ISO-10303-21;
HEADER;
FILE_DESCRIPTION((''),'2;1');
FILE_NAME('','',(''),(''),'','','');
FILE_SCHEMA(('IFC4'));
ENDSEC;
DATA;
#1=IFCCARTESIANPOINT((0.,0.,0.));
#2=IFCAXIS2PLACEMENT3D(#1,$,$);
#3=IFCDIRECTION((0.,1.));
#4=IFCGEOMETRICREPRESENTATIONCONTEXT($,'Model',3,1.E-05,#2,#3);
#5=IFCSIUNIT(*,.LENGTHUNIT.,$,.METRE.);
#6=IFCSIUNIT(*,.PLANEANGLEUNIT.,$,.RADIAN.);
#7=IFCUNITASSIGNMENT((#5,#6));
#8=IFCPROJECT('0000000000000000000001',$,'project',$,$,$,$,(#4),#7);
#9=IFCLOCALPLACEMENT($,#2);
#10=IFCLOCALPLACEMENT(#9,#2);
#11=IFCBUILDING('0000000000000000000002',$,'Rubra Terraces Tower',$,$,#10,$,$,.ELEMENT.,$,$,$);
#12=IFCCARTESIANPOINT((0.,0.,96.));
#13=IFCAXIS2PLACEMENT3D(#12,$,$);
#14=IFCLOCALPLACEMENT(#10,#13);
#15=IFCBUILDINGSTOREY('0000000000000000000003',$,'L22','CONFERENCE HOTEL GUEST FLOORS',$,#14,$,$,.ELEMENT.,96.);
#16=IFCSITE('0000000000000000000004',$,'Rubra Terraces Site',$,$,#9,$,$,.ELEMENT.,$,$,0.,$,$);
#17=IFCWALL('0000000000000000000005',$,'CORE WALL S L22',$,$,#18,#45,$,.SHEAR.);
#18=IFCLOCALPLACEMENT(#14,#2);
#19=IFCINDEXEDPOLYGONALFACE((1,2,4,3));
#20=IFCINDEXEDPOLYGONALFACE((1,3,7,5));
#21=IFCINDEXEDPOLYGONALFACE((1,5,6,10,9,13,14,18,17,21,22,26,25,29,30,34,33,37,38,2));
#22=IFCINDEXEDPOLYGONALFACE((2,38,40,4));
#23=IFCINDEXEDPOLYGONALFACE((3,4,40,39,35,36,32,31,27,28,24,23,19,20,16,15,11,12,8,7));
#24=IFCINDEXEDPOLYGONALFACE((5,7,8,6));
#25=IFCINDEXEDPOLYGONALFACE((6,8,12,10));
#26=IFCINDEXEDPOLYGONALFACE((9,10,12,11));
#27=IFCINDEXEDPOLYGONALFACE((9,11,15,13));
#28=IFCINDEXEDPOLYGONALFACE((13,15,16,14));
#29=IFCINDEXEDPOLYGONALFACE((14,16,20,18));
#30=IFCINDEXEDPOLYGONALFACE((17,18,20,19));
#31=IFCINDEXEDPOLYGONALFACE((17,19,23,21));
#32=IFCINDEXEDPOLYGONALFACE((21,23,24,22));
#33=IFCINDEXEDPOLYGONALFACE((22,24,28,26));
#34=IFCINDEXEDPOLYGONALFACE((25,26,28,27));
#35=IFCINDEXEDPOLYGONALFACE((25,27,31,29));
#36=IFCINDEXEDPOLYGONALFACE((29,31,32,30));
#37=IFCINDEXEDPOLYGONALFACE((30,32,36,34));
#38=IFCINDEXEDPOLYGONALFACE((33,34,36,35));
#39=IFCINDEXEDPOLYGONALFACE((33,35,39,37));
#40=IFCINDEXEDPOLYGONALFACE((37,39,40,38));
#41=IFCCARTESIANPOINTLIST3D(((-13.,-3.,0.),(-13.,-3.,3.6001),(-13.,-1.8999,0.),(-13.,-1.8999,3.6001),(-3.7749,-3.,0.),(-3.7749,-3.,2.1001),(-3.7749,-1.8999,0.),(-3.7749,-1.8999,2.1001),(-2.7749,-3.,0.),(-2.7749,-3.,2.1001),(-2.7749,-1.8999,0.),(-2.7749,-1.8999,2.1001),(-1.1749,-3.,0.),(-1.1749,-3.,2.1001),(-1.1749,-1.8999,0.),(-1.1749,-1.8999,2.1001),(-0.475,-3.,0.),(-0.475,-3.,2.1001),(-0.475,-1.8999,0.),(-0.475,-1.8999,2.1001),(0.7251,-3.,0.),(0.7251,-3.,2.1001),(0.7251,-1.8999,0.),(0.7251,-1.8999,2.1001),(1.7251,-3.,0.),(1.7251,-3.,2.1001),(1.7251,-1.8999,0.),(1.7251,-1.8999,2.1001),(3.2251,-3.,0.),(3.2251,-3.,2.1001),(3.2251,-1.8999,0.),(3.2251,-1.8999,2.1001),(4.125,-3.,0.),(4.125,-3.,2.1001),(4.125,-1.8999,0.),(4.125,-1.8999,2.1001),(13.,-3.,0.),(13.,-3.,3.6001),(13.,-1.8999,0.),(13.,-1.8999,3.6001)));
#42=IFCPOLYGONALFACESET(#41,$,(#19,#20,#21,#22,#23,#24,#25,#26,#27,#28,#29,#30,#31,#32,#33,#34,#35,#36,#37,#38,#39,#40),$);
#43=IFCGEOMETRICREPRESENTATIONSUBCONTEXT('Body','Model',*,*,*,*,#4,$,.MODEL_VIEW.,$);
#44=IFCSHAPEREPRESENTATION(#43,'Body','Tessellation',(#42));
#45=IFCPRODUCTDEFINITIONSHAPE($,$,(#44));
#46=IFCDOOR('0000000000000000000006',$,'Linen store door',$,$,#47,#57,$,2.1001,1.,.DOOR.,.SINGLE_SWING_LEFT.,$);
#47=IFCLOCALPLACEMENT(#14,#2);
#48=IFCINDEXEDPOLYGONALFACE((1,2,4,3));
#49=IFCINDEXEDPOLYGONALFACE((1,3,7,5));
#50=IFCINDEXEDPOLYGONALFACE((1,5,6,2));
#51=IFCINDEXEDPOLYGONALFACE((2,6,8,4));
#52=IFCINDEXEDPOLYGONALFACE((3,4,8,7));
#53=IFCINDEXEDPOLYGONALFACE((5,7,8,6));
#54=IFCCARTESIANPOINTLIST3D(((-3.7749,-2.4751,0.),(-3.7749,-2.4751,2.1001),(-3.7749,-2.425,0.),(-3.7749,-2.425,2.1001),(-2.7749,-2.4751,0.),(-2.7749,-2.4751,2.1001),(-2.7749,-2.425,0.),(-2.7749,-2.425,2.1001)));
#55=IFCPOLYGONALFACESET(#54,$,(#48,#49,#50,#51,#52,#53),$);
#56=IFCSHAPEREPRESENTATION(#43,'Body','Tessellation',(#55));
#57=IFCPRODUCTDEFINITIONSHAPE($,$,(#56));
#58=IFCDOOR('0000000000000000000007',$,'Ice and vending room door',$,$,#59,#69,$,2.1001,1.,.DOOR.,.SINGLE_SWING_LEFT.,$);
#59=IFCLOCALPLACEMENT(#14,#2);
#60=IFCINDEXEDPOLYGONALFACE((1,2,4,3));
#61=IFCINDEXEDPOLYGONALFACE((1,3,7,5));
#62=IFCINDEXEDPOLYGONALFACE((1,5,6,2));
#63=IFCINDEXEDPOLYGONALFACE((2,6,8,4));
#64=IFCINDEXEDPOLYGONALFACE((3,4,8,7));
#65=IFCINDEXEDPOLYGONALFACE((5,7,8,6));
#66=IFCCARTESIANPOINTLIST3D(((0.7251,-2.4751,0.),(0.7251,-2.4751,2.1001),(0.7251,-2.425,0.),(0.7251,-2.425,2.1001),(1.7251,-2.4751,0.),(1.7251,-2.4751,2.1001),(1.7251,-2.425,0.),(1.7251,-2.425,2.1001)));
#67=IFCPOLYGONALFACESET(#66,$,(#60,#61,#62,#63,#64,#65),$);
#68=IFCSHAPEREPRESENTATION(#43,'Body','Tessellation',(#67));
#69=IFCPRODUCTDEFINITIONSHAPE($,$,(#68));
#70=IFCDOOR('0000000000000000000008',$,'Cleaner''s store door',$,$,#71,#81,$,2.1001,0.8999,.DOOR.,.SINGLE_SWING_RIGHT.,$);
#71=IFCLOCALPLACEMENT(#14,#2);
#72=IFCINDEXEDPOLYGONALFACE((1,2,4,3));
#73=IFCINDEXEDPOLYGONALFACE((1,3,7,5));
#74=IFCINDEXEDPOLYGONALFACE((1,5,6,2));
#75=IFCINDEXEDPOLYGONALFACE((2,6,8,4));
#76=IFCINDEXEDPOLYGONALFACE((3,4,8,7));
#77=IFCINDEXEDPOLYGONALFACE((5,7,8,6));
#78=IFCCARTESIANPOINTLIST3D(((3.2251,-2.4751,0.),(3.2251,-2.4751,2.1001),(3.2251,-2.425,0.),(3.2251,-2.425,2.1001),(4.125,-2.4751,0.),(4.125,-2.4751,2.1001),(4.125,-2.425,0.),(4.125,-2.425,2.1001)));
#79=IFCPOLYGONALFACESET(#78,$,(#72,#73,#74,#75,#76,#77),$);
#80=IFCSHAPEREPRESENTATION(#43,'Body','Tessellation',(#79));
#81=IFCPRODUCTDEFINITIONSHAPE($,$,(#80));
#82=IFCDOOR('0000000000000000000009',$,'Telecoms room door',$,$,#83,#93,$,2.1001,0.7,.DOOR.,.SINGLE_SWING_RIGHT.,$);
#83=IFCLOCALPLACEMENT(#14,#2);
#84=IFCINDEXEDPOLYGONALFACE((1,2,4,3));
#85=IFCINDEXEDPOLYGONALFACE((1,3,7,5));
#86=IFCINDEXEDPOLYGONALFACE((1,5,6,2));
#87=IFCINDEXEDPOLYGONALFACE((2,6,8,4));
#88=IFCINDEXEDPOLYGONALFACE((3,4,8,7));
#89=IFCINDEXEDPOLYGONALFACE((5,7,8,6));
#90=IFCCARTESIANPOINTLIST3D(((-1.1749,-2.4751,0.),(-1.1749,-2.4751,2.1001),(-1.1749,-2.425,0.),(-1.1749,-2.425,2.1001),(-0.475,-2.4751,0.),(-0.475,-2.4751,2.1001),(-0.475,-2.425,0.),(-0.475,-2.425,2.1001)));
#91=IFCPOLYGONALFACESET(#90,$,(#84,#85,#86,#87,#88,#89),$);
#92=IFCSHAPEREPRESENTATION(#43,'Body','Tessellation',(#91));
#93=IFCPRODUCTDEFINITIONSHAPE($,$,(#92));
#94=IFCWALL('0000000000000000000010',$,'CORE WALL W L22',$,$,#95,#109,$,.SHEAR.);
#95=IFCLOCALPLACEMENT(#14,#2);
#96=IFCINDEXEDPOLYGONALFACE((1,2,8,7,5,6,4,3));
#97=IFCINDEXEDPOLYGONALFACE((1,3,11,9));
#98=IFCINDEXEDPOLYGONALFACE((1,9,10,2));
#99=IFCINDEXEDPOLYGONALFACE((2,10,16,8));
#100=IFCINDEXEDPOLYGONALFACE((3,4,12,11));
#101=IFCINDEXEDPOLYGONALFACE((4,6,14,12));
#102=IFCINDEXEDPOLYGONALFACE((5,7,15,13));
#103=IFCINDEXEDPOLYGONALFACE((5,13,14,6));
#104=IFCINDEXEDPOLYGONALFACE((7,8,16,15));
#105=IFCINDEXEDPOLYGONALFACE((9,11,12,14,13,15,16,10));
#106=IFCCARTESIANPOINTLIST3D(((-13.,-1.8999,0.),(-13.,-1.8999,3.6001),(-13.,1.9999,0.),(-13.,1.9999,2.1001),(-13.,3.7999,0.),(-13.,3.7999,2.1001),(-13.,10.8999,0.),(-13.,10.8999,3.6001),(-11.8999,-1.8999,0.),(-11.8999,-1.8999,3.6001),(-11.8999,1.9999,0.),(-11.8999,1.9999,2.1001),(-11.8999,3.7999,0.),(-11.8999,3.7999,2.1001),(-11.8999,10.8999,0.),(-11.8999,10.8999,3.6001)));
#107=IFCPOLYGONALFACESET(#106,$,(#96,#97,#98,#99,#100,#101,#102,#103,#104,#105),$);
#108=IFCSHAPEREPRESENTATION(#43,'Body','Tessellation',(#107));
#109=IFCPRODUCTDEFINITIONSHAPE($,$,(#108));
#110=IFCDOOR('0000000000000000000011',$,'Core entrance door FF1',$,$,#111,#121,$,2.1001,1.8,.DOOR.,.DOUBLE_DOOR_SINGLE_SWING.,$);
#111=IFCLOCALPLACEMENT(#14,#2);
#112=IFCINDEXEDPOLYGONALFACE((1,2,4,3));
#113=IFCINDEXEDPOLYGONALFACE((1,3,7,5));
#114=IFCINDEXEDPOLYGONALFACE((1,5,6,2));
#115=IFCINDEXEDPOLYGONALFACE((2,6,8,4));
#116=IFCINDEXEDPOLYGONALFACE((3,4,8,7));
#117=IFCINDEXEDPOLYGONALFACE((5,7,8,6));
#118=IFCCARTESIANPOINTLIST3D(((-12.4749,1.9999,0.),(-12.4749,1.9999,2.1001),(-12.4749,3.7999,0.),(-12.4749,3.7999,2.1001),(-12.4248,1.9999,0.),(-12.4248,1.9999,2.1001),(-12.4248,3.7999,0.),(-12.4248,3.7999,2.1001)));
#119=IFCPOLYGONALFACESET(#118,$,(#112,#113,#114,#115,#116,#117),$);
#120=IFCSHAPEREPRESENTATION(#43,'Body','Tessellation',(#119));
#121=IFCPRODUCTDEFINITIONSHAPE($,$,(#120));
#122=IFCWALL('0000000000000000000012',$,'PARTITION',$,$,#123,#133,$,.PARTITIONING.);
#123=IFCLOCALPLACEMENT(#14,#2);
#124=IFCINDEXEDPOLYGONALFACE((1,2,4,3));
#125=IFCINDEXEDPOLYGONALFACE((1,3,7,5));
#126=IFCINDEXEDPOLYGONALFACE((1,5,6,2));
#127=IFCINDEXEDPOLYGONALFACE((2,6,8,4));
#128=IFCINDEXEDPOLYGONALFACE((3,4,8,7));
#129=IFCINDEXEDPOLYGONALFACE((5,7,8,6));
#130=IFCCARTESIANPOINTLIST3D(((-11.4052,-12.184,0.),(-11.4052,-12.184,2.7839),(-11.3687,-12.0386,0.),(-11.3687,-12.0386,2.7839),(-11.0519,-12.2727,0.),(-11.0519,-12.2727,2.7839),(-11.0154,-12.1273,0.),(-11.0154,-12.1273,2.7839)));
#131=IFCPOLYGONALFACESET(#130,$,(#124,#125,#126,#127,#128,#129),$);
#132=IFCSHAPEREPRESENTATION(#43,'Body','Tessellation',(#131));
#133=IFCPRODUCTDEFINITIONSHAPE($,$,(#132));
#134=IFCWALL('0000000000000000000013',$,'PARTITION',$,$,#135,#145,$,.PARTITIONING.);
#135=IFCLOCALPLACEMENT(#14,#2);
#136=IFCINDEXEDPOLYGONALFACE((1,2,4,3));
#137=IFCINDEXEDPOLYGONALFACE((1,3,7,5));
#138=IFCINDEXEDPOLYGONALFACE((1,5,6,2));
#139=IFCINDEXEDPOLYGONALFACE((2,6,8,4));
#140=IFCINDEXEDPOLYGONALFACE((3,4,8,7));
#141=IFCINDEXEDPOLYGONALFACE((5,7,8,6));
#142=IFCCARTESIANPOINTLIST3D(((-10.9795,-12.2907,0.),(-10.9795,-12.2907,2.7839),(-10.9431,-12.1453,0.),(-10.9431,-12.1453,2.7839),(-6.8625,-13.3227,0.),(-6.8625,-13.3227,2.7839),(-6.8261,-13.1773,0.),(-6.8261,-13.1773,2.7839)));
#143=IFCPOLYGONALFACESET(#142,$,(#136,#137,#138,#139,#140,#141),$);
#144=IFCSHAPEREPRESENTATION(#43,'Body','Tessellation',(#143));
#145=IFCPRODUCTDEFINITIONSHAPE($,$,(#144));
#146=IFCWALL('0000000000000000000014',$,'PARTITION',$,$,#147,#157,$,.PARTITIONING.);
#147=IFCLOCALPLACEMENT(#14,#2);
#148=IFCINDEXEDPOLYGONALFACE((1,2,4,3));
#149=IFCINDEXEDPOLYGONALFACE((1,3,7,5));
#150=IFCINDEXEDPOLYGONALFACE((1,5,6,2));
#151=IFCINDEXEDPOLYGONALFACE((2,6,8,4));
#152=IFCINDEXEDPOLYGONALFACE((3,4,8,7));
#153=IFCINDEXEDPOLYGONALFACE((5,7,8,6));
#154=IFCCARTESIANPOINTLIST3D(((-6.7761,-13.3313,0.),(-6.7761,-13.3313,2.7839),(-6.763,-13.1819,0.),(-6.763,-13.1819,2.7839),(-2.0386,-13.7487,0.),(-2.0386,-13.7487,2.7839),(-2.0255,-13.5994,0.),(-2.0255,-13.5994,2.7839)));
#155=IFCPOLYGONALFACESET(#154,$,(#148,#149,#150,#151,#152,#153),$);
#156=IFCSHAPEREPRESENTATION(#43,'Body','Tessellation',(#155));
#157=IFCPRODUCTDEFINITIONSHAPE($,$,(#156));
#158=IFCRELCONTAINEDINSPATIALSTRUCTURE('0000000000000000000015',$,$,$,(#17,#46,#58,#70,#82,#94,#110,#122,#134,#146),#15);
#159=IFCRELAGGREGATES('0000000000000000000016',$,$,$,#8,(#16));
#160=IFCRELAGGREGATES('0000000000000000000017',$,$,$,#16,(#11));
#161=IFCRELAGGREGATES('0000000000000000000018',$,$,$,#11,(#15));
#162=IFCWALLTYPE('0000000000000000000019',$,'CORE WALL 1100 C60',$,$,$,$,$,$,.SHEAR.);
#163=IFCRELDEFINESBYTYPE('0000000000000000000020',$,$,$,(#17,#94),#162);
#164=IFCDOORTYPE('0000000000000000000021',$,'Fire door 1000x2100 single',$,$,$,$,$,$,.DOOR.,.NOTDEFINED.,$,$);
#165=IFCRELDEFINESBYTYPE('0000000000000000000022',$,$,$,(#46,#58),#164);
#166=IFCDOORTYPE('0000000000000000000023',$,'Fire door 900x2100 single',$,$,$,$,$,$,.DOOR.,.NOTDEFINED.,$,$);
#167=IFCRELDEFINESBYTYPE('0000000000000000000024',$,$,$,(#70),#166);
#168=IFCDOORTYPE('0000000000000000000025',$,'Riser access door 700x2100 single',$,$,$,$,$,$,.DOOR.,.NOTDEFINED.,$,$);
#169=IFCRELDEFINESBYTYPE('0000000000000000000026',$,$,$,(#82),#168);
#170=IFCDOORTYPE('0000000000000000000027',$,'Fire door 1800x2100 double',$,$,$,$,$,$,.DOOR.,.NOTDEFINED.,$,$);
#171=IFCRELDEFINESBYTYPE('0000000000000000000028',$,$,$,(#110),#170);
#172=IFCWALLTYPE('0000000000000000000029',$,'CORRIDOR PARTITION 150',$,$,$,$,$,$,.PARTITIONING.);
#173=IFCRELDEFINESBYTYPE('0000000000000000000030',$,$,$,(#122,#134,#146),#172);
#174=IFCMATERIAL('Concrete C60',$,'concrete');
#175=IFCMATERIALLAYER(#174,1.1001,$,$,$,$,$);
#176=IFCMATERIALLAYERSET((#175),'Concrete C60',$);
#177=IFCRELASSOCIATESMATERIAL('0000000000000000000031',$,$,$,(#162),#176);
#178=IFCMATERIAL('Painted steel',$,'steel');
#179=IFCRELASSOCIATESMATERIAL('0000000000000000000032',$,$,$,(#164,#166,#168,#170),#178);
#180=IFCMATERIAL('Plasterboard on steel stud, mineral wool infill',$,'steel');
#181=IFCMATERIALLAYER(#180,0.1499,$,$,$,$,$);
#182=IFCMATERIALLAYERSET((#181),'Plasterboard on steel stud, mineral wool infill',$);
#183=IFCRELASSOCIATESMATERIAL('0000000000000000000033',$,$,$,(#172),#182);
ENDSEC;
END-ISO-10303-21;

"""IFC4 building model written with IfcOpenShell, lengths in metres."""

from ifc_helpers import new_model, si_unit, direction, frame, frame_2d, origin, place, context, subcontext, project, spatial, rectangle, extrude, material, layer, layer_set, type_object, element, fill, save


model = new_model("IFC4")

# Units and contexts
model_context = context("Model", 3, precision=1e-05, world=origin(), true_north=direction((0.0, 1.0)))
body_context = subcontext(model_context, "Body", "Model", "MODEL_VIEW")
ifc_project = project(units=[si_unit("LENGTHUNIT", "METRE"), si_unit("PLANEANGLEUNIT", "RADIAN")], contexts=[model_context])

# Site, building, storey
site_placement = place(None, origin())
site = spatial("IfcSite", under=ifc_project, at=site_placement, Name="Rubra Terraces Site", CompositionType="ELEMENT", RefElevation=0.0)
building_placement = place(site_placement, origin())
building = spatial("IfcBuilding", under=site, at=building_placement, Name="Rubra Terraces Tower", CompositionType="ELEMENT")
storey_placement = place(building_placement, frame((0.0, 0.0, 96.0)))
storey = spatial("IfcBuildingStorey", under=building, at=storey_placement, Name="L22", Description="CONFERENCE HOTEL GUEST FLOORS", CompositionType="ELEMENT", Elevation=96.0)

# Wall, openings, doors
ifc_material_1 = material(Name="Concrete C60", Category="concrete")
ifc_layer_1 = layer(ifc_material_1, 1.1001)
ifc_layer_set_1 = layer_set([ifc_layer_1], Name="Concrete C60")
wall_type_1 = type_object("IfcWallType", Name="CORE WALL 1100 C60", PredefinedType="SHEAR", material=ifc_layer_set_1)
wall_1_placement = place(storey_placement, frame((-13.0, -2.45, 0.0), z_axis=(0.0, 0.0, 1.0), x_axis=(1.0, 0.0, 0.0)))
wall_1 = element("IfcWall", 1, at=wall_1_placement, inside=storey, type_object=wall_type_1, Name="CORE WALL S L22", PredefinedType="SHEAR", context=body_context, shape_type="SweptSolid", body=[
    extrude(rectangle(XDim=26.0, YDim=1.1001, at=frame_2d((13.0, 0.0))), origin(), (0.0, 0.0, 1.0), 3.6001),
])
opening_1_placement = place(wall_1_placement, frame((9.2251, 0.0, 0.0)))
opening_1 = element("IfcOpeningElement", 2, at=opening_1_placement, cuts=wall_1, PredefinedType="OPENING", context=body_context, shape_type="SweptSolid", body=[
    extrude(rectangle(XDim=1.0, YDim=2.1001, at=frame_2d((0.5, 1.05))), frame((0.0, 0.5601, 0.0), z_axis=(0.0, -1.0, 0.0), x_axis=(1.0, 0.0, 0.0)), (0.0, 0.0, 1.0), 1.1201),
])
opening_2_placement = place(wall_1_placement, frame((11.825, 0.0, 0.0)))
opening_2 = element("IfcOpeningElement", 3, at=opening_2_placement, cuts=wall_1, PredefinedType="OPENING", context=body_context, shape_type="SweptSolid", body=[
    extrude(rectangle(XDim=0.7, YDim=2.1001, at=frame_2d((0.3501, 1.05))), frame((0.0, 0.5601, 0.0), z_axis=(0.0, -1.0, 0.0), x_axis=(1.0, 0.0, 0.0)), (0.0, 0.0, 1.0), 1.1201),
])
opening_3_placement = place(wall_1_placement, frame((13.7251, 0.0, 0.0)))
opening_3 = element("IfcOpeningElement", 4, at=opening_3_placement, cuts=wall_1, PredefinedType="OPENING", context=body_context, shape_type="SweptSolid", body=[
    extrude(rectangle(XDim=1.0, YDim=2.1001, at=frame_2d((0.5, 1.05))), frame((0.0, 0.5601, 0.0), z_axis=(0.0, -1.0, 0.0), x_axis=(1.0, 0.0, 0.0)), (0.0, 0.0, 1.0), 1.1201),
])
opening_4_placement = place(wall_1_placement, frame((16.2251, 0.0, 0.0)))
opening_4 = element("IfcOpeningElement", 5, at=opening_4_placement, cuts=wall_1, PredefinedType="OPENING", context=body_context, shape_type="SweptSolid", body=[
    extrude(rectangle(XDim=0.8999, YDim=2.1001, at=frame_2d((0.45, 1.05))), frame((0.0, 0.5601, 0.0), z_axis=(0.0, -1.0, 0.0), x_axis=(1.0, 0.0, 0.0)), (0.0, 0.0, 1.0), 1.1201),
])
ifc_material_2 = material(Name="Painted steel", Category="steel")
door_type_1 = type_object("IfcDoorType", Name="Fire door 1000x2100 single", OperationType="NOTDEFINED", PredefinedType="DOOR", material=ifc_material_2)
door_1_placement = place(opening_1_placement, origin())
door_1 = element("IfcDoor", 6, at=door_1_placement, inside=storey, type_object=door_type_1, Name="Linen store door", OperationType="SINGLE_SWING_LEFT", OverallHeight=2.1001, OverallWidth=1.0, PredefinedType="DOOR", context=body_context, shape_type="SweptSolid", body=[
    extrude(rectangle(XDim=1.0, YDim=2.1001, at=frame_2d((0.5, 1.05))), frame((0.0, 0.0249, 0.0), z_axis=(0.0, -1.0, 0.0), x_axis=(1.0, 0.0, 0.0)), (0.0, 0.0, 1.0), 0.05),
])
fill(opening_1, door_1)
door_2_placement = place(opening_3_placement, origin())
door_2 = element("IfcDoor", 7, at=door_2_placement, inside=storey, type_object=door_type_1, Name="Ice and vending room door", OperationType="SINGLE_SWING_LEFT", OverallHeight=2.1001, OverallWidth=1.0, PredefinedType="DOOR", context=body_context, shape_type="SweptSolid", body=[
    extrude(rectangle(XDim=1.0, YDim=2.1001, at=frame_2d((0.5, 1.05))), frame((0.0, 0.0249, 0.0), z_axis=(0.0, -1.0, 0.0), x_axis=(1.0, 0.0, 0.0)), (0.0, 0.0, 1.0), 0.05),
])
fill(opening_3, door_2)
door_type_2 = type_object("IfcDoorType", Name="Fire door 900x2100 single", OperationType="NOTDEFINED", PredefinedType="DOOR", material=ifc_material_2)
door_3_placement = place(opening_4_placement, origin())
door_3 = element("IfcDoor", 8, at=door_3_placement, inside=storey, type_object=door_type_2, Name="Cleaner's store door", OperationType="SINGLE_SWING_RIGHT", OverallHeight=2.1001, OverallWidth=0.8999, PredefinedType="DOOR", context=body_context, shape_type="SweptSolid", body=[
    extrude(rectangle(XDim=0.8999, YDim=2.1001, at=frame_2d((0.45, 1.05))), frame((0.0, 0.0249, 0.0), z_axis=(0.0, -1.0, 0.0), x_axis=(1.0, 0.0, 0.0)), (0.0, 0.0, 1.0), 0.05),
])
fill(opening_4, door_3)
door_type_3 = type_object("IfcDoorType", Name="Riser access door 700x2100 single", OperationType="NOTDEFINED", PredefinedType="DOOR", material=ifc_material_2)
door_4_placement = place(opening_2_placement, origin())
door_4 = element("IfcDoor", 9, at=door_4_placement, inside=storey, type_object=door_type_3, Name="Telecoms room door", OperationType="SINGLE_SWING_RIGHT", OverallHeight=2.1001, OverallWidth=0.7, PredefinedType="DOOR", context=body_context, shape_type="SweptSolid", body=[
    extrude(rectangle(XDim=0.7, YDim=2.1001, at=frame_2d((0.3501, 1.05))), frame((0.0, 0.0249, 0.0), z_axis=(0.0, -1.0, 0.0), x_axis=(1.0, 0.0, 0.0)), (0.0, 0.0, 1.0), 0.05),
])
fill(opening_2, door_4)

# Wall, opening, door
wall_2_placement = place(storey_placement, frame((-12.45, -1.8999, 0.0), z_axis=(0.0, 0.0, 1.0), x_axis=(0.0, 1.0, 0.0)))
wall_2 = element("IfcWall", 10, at=wall_2_placement, inside=storey, type_object=wall_type_1, Name="CORE WALL W L22", PredefinedType="SHEAR", context=body_context, shape_type="SweptSolid", body=[
    extrude(rectangle(XDim=12.7998, YDim=1.1001, at=frame_2d((6.3999, 0.0))), origin(), (0.0, 0.0, 1.0), 3.6001),
])
opening_5_placement = place(wall_2_placement, frame((3.8999, 0.0, 0.0)))
opening_5 = element("IfcOpeningElement", 11, at=opening_5_placement, cuts=wall_2, PredefinedType="OPENING", context=body_context, shape_type="SweptSolid", body=[
    extrude(rectangle(XDim=1.8, YDim=2.1001, at=frame_2d((0.8999, 1.05))), frame((0.0, 0.5601, 0.0), z_axis=(0.0, -1.0, 0.0), x_axis=(1.0, 0.0, 0.0)), (0.0, 0.0, 1.0), 1.1201),
])
door_type_4 = type_object("IfcDoorType", Name="Fire door 1800x2100 double", OperationType="NOTDEFINED", PredefinedType="DOOR", material=ifc_material_2)
door_5_placement = place(opening_5_placement, origin())
door_5 = element("IfcDoor", 12, at=door_5_placement, inside=storey, type_object=door_type_4, Name="Core entrance door FF1", OperationType="DOUBLE_DOOR_SINGLE_SWING", OverallHeight=2.1001, OverallWidth=1.8, PredefinedType="DOOR", context=body_context, shape_type="SweptSolid", body=[
    extrude(rectangle(XDim=1.8, YDim=2.1001, at=frame_2d((0.8999, 1.05))), frame((0.0, 0.0249, 0.0), z_axis=(0.0, -1.0, 0.0), x_axis=(1.0, 0.0, 0.0)), (0.0, 0.0, 1.0), 0.05),
])
fill(opening_5, door_5)

# Walls
ifc_material_3 = material(Name="Plasterboard on steel stud, mineral wool infill", Category="steel")
ifc_layer_2 = layer(ifc_material_3, 0.1499)
ifc_layer_set_2 = layer_set([ifc_layer_2], Name="Plasterboard on steel stud, mineral wool infill")
wall_type_2 = type_object("IfcWallType", Name="CORRIDOR PARTITION 150", PredefinedType="PARTITIONING", material=ifc_layer_set_2)
wall_3_placement = place(storey_placement, frame((-11.387, -12.1113, 0.0), z_axis=(0.0, 0.0, 1.0), x_axis=(0.969945, -0.243324, 0.0)))
element("IfcWall", 13, at=wall_3_placement, inside=storey, type_object=wall_type_2, Name="PARTITION", PredefinedType="PARTITIONING", context=body_context, shape_type="SweptSolid", body=[
    extrude(rectangle(XDim=0.3643, YDim=0.1499, at=frame_2d((0.1821, 0.0))), origin(), (0.0, 0.0, 1.0), 2.7839),
])
wall_4_placement = place(storey_placement, frame((-10.9612, -12.218, 0.0), z_axis=(0.0, 0.0, 1.0), x_axis=(0.96999, -0.243145, 0.0)))
element("IfcWall", 14, at=wall_4_placement, inside=storey, type_object=wall_type_2, Name="PARTITION", PredefinedType="PARTITIONING", context=body_context, shape_type="SweptSolid", body=[
    extrude(rectangle(XDim=4.2444, YDim=0.1499, at=frame_2d((2.1221, 0.0))), origin(), (0.0, 0.0, 1.0), 2.7839),
])
wall_5_placement = place(storey_placement, frame((-6.7695, -13.2566, 0.0), z_axis=(0.0, 0.0, 1.0), x_axis=(0.99614, -0.087781, 0.0)))
element("IfcWall", 15, at=wall_5_placement, inside=storey, type_object=wall_type_2, Name="PARTITION", PredefinedType="PARTITIONING", context=body_context, shape_type="SweptSolid", body=[
    extrude(rectangle(XDim=4.7559, YDim=0.1499, at=frame_2d((2.3779, 0.0))), origin(), (0.0, 0.0, 1.0), 2.7839),
])

save(model, "model.ifc")
